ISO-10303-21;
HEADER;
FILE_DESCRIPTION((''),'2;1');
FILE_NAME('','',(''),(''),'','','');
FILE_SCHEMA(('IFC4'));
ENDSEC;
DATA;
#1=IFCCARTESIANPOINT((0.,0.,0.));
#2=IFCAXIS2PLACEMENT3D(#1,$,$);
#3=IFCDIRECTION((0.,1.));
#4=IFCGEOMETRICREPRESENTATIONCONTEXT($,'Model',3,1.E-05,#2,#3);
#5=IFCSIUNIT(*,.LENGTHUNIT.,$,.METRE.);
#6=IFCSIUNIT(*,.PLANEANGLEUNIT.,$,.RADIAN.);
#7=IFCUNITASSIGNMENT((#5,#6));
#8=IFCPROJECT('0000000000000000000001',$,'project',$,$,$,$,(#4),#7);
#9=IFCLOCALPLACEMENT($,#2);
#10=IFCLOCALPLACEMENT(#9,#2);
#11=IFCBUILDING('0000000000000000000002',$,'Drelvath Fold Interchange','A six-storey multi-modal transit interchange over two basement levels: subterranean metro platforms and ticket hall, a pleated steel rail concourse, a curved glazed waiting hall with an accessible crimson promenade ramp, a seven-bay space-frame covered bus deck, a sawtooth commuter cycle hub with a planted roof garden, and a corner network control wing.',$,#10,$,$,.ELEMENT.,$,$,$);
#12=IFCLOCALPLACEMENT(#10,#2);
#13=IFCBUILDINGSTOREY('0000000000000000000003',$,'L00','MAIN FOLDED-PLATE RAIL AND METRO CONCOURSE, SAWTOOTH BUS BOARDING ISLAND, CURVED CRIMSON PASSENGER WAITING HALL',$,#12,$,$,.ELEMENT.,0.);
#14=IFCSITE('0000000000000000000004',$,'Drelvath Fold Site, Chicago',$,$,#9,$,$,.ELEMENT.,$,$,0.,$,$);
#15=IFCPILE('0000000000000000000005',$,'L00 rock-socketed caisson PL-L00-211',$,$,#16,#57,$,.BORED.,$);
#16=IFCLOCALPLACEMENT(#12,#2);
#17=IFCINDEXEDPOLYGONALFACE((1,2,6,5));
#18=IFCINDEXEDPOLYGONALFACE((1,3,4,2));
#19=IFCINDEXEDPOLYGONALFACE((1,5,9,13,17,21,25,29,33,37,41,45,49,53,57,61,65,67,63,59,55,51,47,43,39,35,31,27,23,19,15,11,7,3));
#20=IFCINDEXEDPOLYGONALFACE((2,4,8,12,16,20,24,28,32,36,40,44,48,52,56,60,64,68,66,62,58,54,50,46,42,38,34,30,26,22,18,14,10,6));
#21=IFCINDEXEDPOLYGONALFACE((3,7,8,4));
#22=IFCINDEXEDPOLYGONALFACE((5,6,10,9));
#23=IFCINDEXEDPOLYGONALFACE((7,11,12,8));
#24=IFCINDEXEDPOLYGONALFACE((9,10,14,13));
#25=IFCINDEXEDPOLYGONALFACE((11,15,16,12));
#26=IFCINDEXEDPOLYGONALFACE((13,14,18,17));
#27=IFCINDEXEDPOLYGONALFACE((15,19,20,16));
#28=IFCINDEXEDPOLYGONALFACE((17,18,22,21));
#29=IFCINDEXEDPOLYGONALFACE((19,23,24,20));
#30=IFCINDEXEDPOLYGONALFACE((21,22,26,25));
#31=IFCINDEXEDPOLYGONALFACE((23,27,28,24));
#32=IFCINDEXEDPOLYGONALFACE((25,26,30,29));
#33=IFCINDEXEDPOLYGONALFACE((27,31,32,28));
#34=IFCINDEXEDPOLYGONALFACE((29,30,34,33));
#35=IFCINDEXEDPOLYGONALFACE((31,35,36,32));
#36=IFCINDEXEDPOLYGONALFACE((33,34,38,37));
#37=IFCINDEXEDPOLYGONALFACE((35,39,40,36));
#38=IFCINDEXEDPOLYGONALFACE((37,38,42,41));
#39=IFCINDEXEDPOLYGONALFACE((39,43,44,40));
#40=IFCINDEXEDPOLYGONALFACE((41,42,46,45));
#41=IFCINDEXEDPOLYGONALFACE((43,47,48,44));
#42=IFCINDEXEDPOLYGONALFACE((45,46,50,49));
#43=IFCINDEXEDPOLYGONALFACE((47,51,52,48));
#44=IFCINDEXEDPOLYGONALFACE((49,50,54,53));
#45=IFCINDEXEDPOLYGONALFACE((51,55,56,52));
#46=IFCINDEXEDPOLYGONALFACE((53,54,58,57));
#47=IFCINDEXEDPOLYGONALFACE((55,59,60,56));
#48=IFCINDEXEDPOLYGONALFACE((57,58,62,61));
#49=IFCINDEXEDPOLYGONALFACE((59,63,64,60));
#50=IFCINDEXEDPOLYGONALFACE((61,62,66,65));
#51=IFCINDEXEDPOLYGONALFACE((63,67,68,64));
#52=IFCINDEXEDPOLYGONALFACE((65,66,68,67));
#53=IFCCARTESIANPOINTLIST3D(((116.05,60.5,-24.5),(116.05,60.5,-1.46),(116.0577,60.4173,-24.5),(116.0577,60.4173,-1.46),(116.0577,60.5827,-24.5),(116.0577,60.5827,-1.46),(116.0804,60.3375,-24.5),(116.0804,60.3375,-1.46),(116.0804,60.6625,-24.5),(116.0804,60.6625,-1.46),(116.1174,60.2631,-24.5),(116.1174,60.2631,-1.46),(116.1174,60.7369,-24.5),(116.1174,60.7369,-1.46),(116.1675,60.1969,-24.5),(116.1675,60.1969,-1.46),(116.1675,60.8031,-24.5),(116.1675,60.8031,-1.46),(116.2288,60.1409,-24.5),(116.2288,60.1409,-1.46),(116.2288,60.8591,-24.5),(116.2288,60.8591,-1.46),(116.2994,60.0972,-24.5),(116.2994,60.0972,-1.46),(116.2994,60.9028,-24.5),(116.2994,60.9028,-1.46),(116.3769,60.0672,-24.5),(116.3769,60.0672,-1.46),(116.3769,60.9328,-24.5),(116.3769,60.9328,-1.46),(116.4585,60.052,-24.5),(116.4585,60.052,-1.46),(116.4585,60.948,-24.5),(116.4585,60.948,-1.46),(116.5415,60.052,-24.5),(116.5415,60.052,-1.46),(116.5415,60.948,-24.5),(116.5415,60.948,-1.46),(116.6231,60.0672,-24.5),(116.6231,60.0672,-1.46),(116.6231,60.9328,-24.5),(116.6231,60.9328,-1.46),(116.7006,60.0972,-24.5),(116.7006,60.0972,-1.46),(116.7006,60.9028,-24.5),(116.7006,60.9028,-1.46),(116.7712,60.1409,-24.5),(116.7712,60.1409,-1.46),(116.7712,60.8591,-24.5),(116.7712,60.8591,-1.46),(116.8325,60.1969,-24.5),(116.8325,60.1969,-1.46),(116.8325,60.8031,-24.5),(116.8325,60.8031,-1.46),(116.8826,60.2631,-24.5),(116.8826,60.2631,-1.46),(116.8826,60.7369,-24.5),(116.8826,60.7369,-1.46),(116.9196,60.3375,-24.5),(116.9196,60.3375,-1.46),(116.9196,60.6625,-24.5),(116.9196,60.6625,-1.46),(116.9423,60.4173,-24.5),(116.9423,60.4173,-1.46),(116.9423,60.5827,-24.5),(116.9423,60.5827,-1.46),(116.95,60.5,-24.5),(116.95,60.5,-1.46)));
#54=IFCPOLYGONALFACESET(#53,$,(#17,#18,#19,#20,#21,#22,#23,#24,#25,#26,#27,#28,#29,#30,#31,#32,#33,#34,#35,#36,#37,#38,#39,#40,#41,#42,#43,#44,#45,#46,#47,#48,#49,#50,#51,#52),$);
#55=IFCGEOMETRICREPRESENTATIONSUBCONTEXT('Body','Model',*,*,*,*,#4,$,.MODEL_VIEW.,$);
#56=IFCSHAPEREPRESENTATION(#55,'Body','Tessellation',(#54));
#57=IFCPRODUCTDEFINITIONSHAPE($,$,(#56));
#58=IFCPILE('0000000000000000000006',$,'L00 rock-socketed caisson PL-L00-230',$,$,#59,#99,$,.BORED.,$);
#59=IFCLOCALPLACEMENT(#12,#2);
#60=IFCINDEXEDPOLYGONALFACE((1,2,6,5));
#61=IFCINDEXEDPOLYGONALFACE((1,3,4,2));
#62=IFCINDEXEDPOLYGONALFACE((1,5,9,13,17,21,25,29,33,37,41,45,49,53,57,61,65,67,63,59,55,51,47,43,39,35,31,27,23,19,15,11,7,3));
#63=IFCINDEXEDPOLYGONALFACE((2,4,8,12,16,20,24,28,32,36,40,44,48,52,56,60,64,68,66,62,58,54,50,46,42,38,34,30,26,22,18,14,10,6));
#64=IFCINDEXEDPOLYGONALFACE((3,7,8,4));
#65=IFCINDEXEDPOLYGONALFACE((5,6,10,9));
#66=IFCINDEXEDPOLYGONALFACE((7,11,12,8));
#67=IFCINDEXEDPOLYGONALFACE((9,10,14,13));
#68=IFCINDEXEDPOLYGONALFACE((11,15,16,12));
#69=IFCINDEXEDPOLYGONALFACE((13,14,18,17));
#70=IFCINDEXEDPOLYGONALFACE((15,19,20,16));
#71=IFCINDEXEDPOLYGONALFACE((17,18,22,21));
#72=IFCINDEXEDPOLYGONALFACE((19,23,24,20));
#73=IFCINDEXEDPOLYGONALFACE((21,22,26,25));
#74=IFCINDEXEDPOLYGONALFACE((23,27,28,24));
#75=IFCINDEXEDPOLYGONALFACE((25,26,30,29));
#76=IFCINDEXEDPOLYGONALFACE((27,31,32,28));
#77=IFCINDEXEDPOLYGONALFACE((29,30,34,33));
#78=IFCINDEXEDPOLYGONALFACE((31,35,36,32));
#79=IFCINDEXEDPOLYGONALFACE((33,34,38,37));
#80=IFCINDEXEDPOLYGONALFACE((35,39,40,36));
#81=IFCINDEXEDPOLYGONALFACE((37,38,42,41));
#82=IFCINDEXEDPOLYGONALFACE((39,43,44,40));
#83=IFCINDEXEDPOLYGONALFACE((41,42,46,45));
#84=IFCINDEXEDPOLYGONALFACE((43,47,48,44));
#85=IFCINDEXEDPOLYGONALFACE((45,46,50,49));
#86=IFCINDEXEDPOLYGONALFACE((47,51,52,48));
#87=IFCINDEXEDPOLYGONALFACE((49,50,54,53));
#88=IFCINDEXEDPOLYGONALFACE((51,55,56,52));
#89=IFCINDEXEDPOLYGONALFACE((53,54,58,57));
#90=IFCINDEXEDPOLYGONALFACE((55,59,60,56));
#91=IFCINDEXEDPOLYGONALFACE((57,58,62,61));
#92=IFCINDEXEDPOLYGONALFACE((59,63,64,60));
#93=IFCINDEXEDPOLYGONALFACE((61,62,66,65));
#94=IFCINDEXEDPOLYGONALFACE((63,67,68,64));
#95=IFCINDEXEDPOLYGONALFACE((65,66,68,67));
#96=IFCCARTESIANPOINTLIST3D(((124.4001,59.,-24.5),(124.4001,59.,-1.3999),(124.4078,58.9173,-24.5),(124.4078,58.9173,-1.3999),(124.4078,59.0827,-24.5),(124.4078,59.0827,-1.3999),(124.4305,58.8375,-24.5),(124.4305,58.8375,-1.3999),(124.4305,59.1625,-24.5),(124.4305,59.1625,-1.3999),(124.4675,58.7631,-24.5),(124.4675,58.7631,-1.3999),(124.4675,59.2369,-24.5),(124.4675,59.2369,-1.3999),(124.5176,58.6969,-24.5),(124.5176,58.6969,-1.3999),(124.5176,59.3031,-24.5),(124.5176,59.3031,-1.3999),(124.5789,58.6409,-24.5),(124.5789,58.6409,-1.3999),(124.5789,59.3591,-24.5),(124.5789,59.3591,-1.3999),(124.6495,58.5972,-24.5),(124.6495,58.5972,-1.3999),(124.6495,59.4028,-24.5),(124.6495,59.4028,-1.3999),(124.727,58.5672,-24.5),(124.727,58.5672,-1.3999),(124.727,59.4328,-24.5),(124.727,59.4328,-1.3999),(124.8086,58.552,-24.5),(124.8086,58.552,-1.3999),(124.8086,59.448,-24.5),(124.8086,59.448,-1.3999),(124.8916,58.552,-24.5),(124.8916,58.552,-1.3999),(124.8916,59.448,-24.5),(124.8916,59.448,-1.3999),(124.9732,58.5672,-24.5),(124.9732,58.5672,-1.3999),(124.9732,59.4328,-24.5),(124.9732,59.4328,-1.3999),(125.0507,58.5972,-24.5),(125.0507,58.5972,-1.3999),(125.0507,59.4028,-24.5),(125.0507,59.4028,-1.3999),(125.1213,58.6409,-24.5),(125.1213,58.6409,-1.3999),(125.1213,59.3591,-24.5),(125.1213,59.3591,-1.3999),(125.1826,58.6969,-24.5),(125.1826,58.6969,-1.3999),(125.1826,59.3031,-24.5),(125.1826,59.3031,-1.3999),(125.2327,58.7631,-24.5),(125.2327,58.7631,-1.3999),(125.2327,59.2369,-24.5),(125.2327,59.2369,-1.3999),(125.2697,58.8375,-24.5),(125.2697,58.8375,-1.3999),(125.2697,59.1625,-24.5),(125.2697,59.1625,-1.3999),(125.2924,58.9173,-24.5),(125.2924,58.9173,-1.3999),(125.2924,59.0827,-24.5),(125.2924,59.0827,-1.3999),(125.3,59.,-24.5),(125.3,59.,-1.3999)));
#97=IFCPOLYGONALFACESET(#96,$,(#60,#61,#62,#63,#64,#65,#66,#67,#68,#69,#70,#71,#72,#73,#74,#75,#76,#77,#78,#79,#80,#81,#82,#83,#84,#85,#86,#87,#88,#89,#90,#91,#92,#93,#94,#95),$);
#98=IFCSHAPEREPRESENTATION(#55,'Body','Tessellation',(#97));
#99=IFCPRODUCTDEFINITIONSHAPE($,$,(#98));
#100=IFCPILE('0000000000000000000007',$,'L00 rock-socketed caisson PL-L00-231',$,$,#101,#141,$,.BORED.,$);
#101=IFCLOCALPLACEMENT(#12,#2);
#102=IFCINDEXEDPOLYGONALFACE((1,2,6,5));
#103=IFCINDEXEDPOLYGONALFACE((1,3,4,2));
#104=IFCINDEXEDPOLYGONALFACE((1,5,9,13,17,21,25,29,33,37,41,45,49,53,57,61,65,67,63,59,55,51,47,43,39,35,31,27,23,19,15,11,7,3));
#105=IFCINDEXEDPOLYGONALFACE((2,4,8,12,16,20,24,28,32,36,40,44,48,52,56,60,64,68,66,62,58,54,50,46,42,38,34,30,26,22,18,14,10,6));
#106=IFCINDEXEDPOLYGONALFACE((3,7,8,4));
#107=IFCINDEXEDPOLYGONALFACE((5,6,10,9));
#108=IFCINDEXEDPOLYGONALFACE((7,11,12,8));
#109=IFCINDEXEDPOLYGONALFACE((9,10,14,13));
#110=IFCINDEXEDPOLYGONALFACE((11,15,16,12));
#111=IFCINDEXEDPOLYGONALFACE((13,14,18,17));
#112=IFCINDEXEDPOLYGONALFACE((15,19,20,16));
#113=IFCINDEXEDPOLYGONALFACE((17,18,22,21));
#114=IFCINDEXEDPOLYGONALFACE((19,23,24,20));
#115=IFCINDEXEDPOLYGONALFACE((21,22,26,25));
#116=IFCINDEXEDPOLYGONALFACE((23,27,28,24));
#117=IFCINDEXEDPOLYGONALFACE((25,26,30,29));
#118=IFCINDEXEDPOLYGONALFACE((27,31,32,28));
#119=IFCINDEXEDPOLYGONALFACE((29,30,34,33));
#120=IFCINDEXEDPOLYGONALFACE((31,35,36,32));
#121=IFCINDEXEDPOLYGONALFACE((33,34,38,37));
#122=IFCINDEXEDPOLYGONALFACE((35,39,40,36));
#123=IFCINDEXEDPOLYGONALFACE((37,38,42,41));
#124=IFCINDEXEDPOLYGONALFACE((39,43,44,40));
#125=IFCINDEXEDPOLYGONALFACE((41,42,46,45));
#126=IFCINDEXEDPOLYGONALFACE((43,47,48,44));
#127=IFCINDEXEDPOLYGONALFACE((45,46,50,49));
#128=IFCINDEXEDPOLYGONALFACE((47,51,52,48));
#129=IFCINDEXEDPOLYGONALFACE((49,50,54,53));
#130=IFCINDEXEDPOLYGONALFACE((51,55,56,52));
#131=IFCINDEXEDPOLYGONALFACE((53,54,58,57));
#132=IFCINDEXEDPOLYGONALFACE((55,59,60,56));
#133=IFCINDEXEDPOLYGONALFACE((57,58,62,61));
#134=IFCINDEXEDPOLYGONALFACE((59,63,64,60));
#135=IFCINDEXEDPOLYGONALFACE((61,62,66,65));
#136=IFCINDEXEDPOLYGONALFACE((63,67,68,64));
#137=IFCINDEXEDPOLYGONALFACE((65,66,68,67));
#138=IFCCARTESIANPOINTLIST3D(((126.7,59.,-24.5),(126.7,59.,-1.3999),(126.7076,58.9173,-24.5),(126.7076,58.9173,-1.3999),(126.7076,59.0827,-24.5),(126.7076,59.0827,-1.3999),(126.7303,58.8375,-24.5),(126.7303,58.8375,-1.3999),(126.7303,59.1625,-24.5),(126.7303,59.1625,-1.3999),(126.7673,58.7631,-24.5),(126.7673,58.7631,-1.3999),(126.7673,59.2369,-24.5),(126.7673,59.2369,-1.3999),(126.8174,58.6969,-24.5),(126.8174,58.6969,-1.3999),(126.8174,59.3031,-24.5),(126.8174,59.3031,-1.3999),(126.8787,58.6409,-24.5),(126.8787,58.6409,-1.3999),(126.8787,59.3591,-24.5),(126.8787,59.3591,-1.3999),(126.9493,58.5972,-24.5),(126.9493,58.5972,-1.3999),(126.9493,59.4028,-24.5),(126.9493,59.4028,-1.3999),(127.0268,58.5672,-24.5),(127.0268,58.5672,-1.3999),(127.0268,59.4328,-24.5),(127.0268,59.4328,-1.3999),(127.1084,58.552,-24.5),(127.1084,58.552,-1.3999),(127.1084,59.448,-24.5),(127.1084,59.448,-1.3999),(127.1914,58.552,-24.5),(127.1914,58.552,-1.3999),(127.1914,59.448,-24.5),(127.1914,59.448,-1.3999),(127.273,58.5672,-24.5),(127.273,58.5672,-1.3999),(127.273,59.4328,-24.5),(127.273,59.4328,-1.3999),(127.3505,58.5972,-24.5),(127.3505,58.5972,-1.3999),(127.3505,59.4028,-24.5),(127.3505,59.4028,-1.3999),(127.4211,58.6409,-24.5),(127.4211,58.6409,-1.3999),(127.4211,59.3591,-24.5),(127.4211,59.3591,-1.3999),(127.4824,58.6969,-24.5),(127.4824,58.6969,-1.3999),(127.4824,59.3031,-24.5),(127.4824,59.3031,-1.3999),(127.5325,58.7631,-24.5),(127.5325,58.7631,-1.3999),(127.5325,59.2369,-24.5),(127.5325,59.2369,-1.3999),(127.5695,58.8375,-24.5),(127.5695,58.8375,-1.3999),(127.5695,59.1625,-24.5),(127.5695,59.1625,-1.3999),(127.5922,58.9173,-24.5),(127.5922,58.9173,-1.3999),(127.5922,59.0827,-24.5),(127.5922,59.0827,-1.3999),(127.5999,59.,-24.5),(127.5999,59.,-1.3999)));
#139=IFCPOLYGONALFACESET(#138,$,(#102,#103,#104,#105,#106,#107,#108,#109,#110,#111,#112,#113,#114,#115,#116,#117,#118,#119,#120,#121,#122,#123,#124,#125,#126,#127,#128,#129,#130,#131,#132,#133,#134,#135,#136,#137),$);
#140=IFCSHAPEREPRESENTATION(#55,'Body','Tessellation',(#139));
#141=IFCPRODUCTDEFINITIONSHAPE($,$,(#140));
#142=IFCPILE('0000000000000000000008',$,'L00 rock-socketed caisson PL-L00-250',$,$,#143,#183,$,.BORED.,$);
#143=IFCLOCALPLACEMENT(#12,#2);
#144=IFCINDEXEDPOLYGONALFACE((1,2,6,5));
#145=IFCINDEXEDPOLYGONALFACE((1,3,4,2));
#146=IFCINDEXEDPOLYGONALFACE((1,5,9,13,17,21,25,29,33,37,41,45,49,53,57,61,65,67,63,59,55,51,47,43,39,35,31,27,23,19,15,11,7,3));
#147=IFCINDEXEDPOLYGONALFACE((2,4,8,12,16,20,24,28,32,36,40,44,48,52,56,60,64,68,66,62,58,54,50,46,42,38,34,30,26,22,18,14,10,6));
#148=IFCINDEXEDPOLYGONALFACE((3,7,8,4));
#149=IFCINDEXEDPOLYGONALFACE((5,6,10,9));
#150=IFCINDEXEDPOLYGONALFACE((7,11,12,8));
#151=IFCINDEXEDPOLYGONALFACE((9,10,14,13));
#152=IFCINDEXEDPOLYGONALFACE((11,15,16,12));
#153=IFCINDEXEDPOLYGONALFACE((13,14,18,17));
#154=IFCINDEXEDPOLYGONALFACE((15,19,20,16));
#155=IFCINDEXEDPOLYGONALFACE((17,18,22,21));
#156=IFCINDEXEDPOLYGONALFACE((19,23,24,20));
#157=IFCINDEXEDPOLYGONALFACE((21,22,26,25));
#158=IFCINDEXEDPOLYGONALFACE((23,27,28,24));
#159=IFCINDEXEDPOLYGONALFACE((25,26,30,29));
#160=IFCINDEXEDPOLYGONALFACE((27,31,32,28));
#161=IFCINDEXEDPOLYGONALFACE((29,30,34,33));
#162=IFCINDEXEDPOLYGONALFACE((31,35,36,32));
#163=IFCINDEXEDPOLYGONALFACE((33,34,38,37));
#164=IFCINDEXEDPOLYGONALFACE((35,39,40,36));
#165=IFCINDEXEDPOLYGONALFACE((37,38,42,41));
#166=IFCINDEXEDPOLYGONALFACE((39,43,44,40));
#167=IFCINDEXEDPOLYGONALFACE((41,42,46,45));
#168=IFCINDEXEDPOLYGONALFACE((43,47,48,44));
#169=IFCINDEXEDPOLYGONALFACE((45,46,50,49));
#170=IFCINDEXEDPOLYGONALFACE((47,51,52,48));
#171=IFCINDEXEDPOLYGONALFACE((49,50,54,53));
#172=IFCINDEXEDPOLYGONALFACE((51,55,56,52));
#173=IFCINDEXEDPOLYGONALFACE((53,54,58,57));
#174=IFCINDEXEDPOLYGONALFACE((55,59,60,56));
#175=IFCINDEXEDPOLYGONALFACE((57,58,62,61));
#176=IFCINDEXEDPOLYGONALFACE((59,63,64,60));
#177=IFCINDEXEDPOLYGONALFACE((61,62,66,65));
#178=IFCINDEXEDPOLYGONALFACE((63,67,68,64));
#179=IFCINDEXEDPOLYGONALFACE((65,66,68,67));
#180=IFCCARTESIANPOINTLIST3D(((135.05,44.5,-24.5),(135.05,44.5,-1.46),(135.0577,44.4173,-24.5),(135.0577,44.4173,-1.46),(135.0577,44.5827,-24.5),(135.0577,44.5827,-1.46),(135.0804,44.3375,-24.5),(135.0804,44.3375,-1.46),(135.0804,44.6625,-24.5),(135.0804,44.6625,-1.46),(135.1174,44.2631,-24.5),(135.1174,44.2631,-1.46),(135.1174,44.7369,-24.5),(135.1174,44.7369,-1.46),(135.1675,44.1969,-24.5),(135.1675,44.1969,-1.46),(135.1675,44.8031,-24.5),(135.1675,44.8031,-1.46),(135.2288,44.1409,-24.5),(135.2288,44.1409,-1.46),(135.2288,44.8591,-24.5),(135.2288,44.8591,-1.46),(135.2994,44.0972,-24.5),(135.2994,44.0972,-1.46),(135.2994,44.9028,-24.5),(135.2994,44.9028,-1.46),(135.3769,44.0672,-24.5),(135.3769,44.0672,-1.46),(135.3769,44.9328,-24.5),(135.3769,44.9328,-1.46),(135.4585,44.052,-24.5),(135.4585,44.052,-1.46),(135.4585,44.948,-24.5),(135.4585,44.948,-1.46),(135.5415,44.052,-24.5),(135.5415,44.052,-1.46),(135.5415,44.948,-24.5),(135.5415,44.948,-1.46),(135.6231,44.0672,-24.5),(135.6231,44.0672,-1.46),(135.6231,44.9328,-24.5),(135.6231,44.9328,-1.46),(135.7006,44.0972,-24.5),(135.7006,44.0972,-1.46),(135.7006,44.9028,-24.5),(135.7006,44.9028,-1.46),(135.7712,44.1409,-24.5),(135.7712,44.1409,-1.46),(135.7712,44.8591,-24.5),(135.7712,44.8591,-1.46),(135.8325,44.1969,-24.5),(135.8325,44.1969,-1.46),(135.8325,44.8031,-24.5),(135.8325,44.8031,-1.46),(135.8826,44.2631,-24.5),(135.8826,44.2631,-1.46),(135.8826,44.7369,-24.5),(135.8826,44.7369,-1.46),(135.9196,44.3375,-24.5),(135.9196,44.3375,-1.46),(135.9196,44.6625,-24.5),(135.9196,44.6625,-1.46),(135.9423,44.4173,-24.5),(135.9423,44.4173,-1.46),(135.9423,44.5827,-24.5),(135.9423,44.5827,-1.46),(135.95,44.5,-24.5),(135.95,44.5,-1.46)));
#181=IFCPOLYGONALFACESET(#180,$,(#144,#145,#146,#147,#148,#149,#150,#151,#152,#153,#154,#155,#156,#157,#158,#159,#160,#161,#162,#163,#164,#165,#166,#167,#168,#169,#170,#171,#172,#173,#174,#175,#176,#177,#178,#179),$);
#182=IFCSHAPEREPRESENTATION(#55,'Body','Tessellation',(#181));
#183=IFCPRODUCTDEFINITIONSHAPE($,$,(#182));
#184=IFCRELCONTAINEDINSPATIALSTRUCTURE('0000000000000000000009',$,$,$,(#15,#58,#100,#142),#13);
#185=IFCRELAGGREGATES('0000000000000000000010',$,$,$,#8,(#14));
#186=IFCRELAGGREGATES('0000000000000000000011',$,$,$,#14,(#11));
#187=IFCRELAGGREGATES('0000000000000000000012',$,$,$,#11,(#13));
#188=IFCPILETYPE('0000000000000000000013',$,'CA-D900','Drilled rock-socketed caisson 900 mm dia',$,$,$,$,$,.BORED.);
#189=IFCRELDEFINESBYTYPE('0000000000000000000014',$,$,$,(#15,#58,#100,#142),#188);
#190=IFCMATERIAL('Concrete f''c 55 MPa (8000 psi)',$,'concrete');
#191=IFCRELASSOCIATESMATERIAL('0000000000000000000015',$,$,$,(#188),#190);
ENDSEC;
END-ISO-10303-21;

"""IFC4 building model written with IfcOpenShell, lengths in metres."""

from ifc_helpers import new_model, si_unit, direction, frame, origin, origin_2d, place, context, subcontext, project, spatial, circle, extrude, material, material_profile, profile_set, type_object, element, save


model = new_model("IFC4")

# Units and contexts
model_context = context("Model", 3, precision=1e-05, world=origin(), true_north=direction((0.0, 1.0)))
body_context = subcontext(model_context, "Body", "Model", "MODEL_VIEW")
ifc_project = project(units=[si_unit("LENGTHUNIT", "METRE"), si_unit("PLANEANGLEUNIT", "RADIAN")], contexts=[model_context])

# Site, building, storey
site_placement = place(None, origin())
site = spatial("IfcSite", under=ifc_project, at=site_placement, Name="Drelvath Fold Site, Chicago", CompositionType="ELEMENT", RefElevation=0.0)
building_placement = place(site_placement, origin())
building = spatial("IfcBuilding", under=site, at=building_placement, Name="Drelvath Fold Interchange", Description="A six-storey multi-modal transit interchange over two basement levels: subterranean metro platforms and ticket hall, a pleated steel rail concourse, a curved glazed waiting hall with an accessible crimson promenade ramp, a seven-bay space-frame covered bus deck, a sawtooth commuter cycle hub with a planted roof garden, and a corner network control wing.", CompositionType="ELEMENT")
storey_placement = place(building_placement, origin())
storey = spatial("IfcBuildingStorey", under=building, at=storey_placement, Name="L00", Description="MAIN FOLDED-PLATE RAIL AND METRO CONCOURSE, SAWTOOTH BUS BOARDING ISLAND, CURVED CRIMSON PASSENGER WAITING HALL", CompositionType="ELEMENT", Elevation=0.0)

# Piles
ifc_material_1 = material(Name="Concrete f'c 55 MPa (8000 psi)", Category="concrete")
ifc_material_profile_1 = material_profile(ifc_material_1, circle(Radius=0.45, at=origin_2d()), Name="CAISSON D900")
ifc_profile_set_1 = profile_set([ifc_material_profile_1], Name="Concrete f'c 55 MPa (8000 psi)")
pile_type_1 = type_object("IfcPileType", Name="CA-D900", Description="Drilled rock-socketed caisson 900 mm dia", PredefinedType="BORED", material=ifc_profile_set_1)
for number, where, z_axis, x_axis, name in (
    (1, (116.5, 60.5, -1.46), (0.0, 0.0, -1.0), (1.0, 0.0, 0.0), "L00 rock-socketed caisson PL-L00-211"),
):
    element("IfcPile", number, at=place(storey_placement, frame(where, z_axis=z_axis, x_axis=x_axis)), inside=storey, type_object=pile_type_1, Name=name, PredefinedType="BORED", context=body_context, shape_type="SweptSolid", body=[
        extrude(circle(Radius=0.45, at=origin_2d()), origin(), (0.0, 0.0, 1.0), 23.04),
    ])
for number, where, z_axis, x_axis, name in (
    (2, (124.8501, 59.0, -1.3999), (0.0, 0.0, -1.0), (1.0, 0.0, 0.0), "L00 rock-socketed caisson PL-L00-230"),
    (3, (127.1499, 59.0, -1.3999), (0.0, 0.0, -1.0), (1.0, 0.0, 0.0), "L00 rock-socketed caisson PL-L00-231"),
):
    element("IfcPile", number, at=place(storey_placement, frame(where, z_axis=z_axis, x_axis=x_axis)), inside=storey, type_object=pile_type_1, Name=name, PredefinedType="BORED", context=body_context, shape_type="SweptSolid", body=[
        extrude(circle(Radius=0.45, at=origin_2d()), origin(), (0.0, 0.0, 1.0), 23.1001),
    ])
for number, where, z_axis, x_axis, name in (
    (4, (135.5, 44.5, -1.46), (0.0, 0.0, -1.0), (1.0, 0.0, 0.0), "L00 rock-socketed caisson PL-L00-250"),
):
    element("IfcPile", number, at=place(storey_placement, frame(where, z_axis=z_axis, x_axis=x_axis)), inside=storey, type_object=pile_type_1, Name=name, PredefinedType="BORED", context=body_context, shape_type="SweptSolid", body=[
        extrude(circle(Radius=0.45, at=origin_2d()), origin(), (0.0, 0.0, 1.0), 23.04),
    ])

save(model, "model.ifc")
